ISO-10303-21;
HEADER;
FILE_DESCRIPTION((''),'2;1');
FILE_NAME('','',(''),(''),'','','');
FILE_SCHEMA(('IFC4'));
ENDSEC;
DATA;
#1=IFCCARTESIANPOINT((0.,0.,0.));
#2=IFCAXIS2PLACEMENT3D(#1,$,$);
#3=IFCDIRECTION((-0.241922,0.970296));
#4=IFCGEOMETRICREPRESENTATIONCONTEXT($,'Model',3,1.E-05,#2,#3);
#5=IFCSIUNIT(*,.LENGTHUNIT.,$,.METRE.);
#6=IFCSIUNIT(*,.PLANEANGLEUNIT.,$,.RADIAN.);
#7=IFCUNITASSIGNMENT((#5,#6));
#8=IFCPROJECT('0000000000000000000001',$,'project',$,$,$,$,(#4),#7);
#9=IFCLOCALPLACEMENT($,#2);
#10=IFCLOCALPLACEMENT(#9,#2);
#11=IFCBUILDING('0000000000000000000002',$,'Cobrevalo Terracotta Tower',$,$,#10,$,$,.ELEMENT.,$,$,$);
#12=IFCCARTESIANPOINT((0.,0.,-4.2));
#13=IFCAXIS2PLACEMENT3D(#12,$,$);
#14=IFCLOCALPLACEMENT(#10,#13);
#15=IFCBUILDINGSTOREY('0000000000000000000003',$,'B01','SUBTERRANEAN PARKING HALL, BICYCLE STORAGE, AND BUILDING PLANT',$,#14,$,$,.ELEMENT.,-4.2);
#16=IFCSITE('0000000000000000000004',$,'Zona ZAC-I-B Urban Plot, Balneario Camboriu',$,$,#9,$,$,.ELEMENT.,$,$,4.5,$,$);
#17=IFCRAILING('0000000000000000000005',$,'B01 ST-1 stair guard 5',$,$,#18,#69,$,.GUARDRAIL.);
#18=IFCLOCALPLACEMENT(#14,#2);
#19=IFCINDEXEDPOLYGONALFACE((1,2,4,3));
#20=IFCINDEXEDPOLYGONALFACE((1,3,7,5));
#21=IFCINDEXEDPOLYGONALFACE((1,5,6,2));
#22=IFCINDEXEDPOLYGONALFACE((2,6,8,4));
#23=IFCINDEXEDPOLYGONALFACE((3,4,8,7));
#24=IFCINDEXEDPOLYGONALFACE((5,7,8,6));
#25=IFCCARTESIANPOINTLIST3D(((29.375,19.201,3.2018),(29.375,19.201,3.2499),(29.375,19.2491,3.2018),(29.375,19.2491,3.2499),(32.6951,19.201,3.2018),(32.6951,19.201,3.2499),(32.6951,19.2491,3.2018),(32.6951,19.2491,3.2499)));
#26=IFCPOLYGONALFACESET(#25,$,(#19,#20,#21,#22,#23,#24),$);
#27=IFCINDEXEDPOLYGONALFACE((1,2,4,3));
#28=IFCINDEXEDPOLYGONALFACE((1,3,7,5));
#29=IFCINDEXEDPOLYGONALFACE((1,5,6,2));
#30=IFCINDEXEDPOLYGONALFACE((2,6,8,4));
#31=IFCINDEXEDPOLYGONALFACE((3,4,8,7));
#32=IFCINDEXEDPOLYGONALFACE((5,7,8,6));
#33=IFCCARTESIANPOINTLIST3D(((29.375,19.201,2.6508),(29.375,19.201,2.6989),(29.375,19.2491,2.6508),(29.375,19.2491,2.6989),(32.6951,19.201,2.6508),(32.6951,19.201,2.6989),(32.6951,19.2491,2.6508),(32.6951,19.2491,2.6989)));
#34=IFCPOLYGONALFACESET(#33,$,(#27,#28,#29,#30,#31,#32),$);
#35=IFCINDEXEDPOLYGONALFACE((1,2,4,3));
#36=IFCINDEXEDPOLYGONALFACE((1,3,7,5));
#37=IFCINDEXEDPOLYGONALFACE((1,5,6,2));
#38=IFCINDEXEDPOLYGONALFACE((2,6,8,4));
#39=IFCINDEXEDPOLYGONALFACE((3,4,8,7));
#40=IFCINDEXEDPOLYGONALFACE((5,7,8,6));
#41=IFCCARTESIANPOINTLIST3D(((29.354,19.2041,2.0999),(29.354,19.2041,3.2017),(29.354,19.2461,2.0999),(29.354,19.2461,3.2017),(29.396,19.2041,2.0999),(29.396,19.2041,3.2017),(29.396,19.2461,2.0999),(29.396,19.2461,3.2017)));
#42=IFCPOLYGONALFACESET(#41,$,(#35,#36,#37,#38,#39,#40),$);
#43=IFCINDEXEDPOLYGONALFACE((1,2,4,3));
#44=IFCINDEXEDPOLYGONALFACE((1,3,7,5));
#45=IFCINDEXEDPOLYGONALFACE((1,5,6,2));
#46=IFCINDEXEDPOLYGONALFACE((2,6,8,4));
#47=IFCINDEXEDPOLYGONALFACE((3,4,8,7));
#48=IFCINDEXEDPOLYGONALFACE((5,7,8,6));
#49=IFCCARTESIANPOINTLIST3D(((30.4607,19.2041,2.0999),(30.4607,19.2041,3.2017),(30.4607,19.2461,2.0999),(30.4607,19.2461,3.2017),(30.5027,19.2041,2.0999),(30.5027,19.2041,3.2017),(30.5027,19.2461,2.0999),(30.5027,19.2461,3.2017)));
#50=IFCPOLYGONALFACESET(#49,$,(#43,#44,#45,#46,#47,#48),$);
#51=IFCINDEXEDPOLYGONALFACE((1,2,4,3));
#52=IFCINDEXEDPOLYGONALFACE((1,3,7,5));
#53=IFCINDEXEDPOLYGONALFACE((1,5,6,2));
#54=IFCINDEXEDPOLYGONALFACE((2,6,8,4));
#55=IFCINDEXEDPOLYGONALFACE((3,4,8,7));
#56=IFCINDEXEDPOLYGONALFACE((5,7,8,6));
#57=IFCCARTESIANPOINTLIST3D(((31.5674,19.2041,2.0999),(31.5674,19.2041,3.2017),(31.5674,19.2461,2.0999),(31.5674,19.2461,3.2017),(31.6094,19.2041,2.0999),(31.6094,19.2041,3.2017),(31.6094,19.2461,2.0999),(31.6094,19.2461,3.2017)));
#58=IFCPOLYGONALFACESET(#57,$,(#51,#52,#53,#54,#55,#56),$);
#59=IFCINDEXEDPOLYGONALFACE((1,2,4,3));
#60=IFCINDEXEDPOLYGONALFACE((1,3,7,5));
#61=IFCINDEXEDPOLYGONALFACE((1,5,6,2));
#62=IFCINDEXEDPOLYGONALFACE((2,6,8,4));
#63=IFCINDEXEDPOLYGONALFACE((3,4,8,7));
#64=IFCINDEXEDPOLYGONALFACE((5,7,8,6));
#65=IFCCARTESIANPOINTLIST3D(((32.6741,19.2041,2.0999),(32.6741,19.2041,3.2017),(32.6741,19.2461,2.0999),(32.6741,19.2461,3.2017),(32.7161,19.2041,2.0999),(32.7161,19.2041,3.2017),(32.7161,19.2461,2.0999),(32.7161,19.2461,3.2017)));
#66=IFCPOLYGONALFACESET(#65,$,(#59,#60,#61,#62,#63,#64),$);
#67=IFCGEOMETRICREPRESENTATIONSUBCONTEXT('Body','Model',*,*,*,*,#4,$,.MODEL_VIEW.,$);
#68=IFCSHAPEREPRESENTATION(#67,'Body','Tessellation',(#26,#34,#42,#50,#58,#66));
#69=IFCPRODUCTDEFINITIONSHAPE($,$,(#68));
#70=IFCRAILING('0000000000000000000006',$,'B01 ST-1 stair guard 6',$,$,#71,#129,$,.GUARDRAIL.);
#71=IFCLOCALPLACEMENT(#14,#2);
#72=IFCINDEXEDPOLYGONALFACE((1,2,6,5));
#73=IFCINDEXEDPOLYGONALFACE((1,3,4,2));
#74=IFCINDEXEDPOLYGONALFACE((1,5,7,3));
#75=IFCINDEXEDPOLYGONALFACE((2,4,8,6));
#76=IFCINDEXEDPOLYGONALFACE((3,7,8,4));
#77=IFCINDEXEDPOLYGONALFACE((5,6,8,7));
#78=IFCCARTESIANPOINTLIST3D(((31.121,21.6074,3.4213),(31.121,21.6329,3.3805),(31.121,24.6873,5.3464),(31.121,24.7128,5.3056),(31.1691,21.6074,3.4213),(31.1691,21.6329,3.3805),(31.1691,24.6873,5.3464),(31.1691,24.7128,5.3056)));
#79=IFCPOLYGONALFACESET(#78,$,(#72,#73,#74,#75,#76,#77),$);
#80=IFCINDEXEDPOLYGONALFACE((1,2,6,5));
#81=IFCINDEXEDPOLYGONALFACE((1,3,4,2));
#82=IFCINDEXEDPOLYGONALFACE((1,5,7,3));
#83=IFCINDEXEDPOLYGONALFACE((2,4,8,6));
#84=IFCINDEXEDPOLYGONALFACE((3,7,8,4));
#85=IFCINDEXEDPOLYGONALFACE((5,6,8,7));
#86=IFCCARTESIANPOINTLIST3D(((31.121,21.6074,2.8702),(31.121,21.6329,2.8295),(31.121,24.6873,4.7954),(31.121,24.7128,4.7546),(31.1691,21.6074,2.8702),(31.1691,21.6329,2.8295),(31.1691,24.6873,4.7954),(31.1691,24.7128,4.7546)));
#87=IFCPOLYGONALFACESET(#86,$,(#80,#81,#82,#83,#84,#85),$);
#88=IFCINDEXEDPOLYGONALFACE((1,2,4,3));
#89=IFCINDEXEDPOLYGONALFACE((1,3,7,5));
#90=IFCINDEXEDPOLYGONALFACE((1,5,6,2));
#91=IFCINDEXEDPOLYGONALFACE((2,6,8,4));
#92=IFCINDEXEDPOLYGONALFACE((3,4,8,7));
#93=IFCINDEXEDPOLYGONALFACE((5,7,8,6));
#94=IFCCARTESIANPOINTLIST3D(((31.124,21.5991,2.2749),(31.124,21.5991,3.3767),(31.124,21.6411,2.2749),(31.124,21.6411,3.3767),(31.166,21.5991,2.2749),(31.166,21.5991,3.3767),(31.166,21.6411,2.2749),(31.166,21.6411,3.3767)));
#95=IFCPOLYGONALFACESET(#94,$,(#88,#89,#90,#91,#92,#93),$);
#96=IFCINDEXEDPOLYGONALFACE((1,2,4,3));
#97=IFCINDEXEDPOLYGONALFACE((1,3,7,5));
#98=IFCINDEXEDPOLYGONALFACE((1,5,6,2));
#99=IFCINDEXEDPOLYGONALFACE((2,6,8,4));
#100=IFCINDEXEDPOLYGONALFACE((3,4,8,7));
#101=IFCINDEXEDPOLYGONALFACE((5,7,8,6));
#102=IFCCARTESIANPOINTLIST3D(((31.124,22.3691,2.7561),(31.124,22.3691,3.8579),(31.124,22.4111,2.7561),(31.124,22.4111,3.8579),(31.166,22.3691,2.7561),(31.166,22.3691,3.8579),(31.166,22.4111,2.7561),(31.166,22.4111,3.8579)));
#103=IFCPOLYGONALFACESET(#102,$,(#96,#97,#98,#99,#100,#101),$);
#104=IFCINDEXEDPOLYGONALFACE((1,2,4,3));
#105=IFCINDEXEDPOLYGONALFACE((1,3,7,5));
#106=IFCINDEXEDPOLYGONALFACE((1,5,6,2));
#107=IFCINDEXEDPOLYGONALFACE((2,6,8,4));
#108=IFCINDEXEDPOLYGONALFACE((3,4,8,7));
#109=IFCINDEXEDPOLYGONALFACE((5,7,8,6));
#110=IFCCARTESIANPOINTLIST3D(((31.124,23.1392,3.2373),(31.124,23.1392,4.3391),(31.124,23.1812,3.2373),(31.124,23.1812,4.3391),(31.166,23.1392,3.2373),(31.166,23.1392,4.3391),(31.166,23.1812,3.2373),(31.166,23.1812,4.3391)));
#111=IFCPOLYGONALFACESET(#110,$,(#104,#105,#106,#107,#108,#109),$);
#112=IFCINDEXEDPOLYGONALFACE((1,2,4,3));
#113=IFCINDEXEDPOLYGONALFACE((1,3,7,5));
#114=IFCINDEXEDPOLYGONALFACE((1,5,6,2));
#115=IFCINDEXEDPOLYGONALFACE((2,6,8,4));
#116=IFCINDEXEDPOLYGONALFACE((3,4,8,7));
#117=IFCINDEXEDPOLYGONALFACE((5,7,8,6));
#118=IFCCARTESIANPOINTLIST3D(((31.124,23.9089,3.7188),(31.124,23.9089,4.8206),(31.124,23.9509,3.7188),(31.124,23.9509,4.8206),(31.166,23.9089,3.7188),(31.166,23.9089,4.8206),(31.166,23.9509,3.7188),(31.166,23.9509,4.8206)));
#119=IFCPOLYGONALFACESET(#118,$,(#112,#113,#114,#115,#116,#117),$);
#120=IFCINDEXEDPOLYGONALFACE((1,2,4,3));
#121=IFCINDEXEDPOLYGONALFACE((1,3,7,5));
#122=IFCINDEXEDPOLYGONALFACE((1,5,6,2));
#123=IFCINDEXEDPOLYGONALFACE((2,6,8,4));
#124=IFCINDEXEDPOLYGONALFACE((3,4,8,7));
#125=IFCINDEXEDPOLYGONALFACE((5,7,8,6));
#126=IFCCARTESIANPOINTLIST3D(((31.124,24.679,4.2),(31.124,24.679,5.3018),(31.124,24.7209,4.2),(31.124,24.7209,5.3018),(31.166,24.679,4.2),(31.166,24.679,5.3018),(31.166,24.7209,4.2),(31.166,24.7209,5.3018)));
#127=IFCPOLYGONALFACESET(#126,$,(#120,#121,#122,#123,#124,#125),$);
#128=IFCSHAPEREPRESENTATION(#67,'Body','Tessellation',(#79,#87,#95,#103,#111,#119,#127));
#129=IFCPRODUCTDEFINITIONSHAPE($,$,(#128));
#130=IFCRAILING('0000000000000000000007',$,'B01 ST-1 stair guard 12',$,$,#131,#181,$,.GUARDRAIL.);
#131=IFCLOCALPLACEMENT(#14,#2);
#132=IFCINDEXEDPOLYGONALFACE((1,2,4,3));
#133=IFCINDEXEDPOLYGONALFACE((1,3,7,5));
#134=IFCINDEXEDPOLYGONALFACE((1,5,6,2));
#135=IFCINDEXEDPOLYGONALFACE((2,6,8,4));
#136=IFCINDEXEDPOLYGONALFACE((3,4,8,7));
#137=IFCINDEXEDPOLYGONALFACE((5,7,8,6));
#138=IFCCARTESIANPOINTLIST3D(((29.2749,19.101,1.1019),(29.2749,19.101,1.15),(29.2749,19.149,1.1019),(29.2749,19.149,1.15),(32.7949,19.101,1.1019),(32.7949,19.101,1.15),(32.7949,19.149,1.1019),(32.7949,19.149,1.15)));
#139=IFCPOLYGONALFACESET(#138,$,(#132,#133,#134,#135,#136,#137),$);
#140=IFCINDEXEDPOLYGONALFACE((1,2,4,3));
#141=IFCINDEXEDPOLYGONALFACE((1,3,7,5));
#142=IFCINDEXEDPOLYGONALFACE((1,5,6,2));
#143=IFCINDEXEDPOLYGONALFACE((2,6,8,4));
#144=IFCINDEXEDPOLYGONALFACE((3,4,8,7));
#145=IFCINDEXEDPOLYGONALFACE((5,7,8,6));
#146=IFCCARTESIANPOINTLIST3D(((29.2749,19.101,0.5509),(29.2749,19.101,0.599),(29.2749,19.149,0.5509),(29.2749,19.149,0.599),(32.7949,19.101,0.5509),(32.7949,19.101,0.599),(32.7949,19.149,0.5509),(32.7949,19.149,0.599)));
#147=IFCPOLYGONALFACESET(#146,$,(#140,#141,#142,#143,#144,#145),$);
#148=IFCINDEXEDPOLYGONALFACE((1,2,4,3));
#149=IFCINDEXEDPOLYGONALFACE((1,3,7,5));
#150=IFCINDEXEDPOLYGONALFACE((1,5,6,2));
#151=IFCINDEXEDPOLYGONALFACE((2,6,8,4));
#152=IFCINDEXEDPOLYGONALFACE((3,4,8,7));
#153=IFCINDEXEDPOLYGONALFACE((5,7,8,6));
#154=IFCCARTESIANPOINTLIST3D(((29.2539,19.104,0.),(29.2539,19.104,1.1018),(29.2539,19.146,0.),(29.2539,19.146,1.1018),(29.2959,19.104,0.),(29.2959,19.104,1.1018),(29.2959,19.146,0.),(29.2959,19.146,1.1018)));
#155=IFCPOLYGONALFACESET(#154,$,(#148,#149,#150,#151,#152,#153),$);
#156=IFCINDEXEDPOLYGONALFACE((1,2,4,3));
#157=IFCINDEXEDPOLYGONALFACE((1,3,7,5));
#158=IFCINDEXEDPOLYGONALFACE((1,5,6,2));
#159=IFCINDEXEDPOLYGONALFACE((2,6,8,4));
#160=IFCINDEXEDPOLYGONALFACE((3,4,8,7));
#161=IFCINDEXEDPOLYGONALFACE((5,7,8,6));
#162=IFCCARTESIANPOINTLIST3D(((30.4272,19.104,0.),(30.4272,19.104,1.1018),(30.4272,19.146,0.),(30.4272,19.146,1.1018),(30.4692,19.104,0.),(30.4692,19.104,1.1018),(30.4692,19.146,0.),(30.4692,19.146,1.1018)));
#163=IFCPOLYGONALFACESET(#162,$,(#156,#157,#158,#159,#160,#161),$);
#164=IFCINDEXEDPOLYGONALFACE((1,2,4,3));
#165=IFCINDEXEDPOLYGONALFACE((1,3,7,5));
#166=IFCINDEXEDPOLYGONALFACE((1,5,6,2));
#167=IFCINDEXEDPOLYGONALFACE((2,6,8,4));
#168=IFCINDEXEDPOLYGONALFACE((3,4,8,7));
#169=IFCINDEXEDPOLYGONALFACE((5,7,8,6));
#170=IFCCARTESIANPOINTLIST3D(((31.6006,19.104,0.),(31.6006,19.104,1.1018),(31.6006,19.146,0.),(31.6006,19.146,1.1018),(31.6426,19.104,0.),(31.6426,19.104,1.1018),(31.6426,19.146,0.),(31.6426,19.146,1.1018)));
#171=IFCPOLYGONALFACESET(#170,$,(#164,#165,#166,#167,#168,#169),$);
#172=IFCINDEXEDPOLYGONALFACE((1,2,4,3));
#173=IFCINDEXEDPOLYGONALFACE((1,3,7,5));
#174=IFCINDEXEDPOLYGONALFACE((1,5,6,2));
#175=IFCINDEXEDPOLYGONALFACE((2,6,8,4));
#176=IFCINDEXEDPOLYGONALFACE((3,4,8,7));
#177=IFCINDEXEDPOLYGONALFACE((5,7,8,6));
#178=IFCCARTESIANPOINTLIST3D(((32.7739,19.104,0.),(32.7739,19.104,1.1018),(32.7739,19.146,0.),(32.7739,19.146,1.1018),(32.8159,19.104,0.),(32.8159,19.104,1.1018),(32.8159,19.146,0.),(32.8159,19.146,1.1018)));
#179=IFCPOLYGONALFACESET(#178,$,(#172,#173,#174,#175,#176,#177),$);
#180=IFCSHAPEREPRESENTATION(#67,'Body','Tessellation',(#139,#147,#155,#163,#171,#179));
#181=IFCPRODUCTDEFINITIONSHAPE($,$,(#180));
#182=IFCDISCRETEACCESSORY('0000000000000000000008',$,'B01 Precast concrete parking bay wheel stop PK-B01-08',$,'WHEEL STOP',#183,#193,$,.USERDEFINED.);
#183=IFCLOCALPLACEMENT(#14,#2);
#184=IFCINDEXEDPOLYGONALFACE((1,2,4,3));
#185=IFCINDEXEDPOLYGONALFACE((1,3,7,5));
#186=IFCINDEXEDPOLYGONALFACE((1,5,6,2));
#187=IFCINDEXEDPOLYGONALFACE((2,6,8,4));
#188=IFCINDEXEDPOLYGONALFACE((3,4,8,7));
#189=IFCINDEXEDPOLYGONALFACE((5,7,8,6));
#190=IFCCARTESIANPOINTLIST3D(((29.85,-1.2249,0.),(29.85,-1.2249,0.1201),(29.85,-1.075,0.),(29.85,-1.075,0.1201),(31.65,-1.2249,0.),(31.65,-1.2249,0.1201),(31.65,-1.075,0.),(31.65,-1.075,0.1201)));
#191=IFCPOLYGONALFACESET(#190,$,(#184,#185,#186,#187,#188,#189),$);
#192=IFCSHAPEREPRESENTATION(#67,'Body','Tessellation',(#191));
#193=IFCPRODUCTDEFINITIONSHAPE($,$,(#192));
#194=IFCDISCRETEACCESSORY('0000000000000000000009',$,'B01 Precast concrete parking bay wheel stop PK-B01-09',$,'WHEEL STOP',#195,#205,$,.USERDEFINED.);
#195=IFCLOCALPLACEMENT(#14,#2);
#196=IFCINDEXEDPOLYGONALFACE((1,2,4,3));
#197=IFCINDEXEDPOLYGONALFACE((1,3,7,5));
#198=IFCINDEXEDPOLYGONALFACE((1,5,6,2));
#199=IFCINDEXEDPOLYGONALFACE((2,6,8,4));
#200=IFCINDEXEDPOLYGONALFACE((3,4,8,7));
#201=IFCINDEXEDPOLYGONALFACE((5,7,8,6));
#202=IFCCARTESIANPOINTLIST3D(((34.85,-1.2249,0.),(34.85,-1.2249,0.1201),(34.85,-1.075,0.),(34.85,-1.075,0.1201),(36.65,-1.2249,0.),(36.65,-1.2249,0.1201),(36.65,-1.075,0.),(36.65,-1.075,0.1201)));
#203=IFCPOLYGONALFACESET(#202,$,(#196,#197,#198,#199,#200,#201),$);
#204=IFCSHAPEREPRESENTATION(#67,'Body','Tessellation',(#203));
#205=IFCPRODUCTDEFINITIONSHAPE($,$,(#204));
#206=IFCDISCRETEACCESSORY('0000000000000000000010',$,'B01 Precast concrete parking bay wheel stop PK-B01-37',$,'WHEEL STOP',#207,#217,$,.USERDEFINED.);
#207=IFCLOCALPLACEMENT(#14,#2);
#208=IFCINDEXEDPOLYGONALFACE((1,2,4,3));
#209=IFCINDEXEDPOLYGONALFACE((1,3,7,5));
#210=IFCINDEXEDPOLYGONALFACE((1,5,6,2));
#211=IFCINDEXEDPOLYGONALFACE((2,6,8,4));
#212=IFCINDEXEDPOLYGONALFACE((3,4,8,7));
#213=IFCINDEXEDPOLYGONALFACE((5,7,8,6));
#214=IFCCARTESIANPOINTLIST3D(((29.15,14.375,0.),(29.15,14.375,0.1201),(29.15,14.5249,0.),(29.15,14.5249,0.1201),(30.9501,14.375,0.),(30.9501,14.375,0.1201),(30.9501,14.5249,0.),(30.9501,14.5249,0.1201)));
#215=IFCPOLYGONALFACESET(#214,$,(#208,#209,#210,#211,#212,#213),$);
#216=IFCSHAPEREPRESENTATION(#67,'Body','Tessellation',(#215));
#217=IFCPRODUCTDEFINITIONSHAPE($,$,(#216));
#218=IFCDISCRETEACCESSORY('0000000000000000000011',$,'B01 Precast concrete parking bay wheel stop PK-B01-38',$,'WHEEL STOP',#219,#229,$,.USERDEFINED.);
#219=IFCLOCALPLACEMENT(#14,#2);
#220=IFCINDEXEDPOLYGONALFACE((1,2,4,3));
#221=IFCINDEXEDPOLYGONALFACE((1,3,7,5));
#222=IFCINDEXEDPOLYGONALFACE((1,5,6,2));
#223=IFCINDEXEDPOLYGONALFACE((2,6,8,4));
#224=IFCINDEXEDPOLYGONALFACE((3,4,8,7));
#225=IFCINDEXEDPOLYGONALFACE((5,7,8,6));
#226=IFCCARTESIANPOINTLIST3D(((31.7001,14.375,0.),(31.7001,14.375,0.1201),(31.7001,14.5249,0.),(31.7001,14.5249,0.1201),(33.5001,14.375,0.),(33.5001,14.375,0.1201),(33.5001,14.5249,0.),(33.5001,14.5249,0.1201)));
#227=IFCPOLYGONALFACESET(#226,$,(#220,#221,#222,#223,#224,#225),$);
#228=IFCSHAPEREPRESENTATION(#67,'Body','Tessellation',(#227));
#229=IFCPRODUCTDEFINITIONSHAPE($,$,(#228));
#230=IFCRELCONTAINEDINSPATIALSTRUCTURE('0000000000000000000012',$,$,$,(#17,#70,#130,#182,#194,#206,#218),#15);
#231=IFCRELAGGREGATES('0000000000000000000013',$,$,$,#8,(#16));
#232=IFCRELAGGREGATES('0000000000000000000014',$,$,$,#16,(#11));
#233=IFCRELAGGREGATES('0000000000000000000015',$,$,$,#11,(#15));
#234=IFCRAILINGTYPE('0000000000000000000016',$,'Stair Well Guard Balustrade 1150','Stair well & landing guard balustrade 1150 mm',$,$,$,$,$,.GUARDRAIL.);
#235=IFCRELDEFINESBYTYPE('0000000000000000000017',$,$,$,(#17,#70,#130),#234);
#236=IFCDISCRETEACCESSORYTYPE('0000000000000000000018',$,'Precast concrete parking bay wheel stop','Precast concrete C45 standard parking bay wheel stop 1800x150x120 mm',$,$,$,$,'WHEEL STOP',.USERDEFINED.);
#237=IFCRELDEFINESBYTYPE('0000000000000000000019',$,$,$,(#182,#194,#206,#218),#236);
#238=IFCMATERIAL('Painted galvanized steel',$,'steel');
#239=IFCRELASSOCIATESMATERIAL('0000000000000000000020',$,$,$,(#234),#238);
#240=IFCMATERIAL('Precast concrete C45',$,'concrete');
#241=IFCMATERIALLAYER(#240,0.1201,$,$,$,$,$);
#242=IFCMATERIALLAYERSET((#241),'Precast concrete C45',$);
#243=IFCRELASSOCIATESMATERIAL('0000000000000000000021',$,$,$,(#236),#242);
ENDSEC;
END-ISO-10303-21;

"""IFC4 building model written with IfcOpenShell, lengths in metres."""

from ifc_helpers import new_model, si_unit, direction, frame, origin, origin_2d, place, context, subcontext, project, spatial, rectangle, extrude, source, transform, mapped, material, layer, layer_set, type_object, element, save


model = new_model("IFC4")

# Units and contexts
model_context = context("Model", 3, precision=1e-05, world=origin(), true_north=direction((-0.241922, 0.970296)))
body_context = subcontext(model_context, "Body", "Model", "MODEL_VIEW")
ifc_project = project(units=[si_unit("LENGTHUNIT", "METRE"), si_unit("PLANEANGLEUNIT", "RADIAN")], contexts=[model_context])

# Site, building, storey
site_placement = place(None, origin())
site = spatial("IfcSite", under=ifc_project, at=site_placement, Name="Zona ZAC-I-B Urban Plot, Balneario Camboriu", CompositionType="ELEMENT", RefElevation=4.5)
building_placement = place(site_placement, origin())
building = spatial("IfcBuilding", under=site, at=building_placement, Name="Cobrevalo Terracotta Tower", CompositionType="ELEMENT")
storey_placement = place(building_placement, frame((0.0, 0.0, -4.2)))
storey = spatial("IfcBuildingStorey", under=building, at=storey_placement, Name="B01", Description="SUBTERRANEAN PARKING HALL, BICYCLE STORAGE, AND BUILDING PLANT", CompositionType="ELEMENT", Elevation=-4.2)

# Railings
ifc_material_1 = material(Name="Painted galvanized steel", Category="steel")
railing_type_1 = type_object("IfcRailingType", Name="Stair Well Guard Balustrade 1150", Description="Stair well & landing guard balustrade 1150 mm", PredefinedType="GUARDRAIL", material=ifc_material_1)
railing_1_placement = place(storey_placement, frame((29.375, 19.2251, 2.0999)))
element("IfcRailing", 1, at=railing_1_placement, inside=storey, type_object=railing_type_1, Name="B01 ST-1 stair guard 5", PredefinedType="GUARDRAIL", context=body_context, shape_type="SweptSolid", body=[
    extrude(rectangle(XDim=0.0481, YDim=0.0481, at=origin_2d()), frame((0.0, 0.0, 1.126), z_axis=(1.0, 0.0, 0.0), x_axis=(0.0, 1.0, 0.0)), (0.0, 0.0, 1.0), 3.3201),
    extrude(rectangle(XDim=0.0481, YDim=0.0481, at=origin_2d()), frame((0.0, 0.0, 0.575), z_axis=(1.0, 0.0, 0.0), x_axis=(0.0, 1.0, 0.0)), (0.0, 0.0, 1.0), 3.3201),
    extrude(rectangle(XDim=0.042, YDim=0.042, at=origin_2d()), origin(), (0.0, 0.0, 1.0), 1.1018),
    extrude(rectangle(XDim=0.042, YDim=0.042, at=origin_2d()), frame((1.1067, 0.0, 0.0)), (0.0, 0.0, 1.0), 1.1018),
    extrude(rectangle(XDim=0.042, YDim=0.042, at=origin_2d()), frame((2.2134, 0.0, 0.0)), (0.0, 0.0, 1.0), 1.1018),
    extrude(rectangle(XDim=0.042, YDim=0.042, at=origin_2d()), frame((3.3201, 0.0, 0.0)), (0.0, 0.0, 1.0), 1.1018),
])
railing_2_placement = place(storey_placement, frame((31.145, 21.6201, 2.2749)))
element("IfcRailing", 2, at=railing_2_placement, inside=storey, type_object=railing_type_1, Name="B01 ST-1 stair guard 6", PredefinedType="GUARDRAIL", context=body_context, shape_type="SweptSolid", body=[
    extrude(rectangle(XDim=0.0481, YDim=0.0481, at=origin_2d()), frame((0.0, 0.0, 1.126), z_axis=(0.0, 0.847979, 0.530029), x_axis=(-1.0, 0.0, 0.0)), (0.0, 0.0, 1.0), 3.6321),
    extrude(rectangle(XDim=0.0481, YDim=0.0481, at=origin_2d()), frame((0.0, 0.0, 0.575), z_axis=(0.0, 0.847979, 0.530029), x_axis=(-1.0, 0.0, 0.0)), (0.0, 0.0, 1.0), 3.6321),
    extrude(rectangle(XDim=0.042, YDim=0.042, at=origin_2d()), origin(), (0.0, 0.0, 1.0), 1.1018),
    extrude(rectangle(XDim=0.042, YDim=0.042, at=origin_2d()), frame((0.0, 0.77, 0.4812)), (0.0, 0.0, 1.0), 1.1018),
    extrude(rectangle(XDim=0.042, YDim=0.042, at=origin_2d()), frame((0.0, 1.54, 0.9624)), (0.0, 0.0, 1.0), 1.1018),
    extrude(rectangle(XDim=0.042, YDim=0.042, at=origin_2d()), frame((0.0, 2.3098, 1.4438)), (0.0, 0.0, 1.0), 1.1018),
    extrude(rectangle(XDim=0.042, YDim=0.042, at=origin_2d()), frame((0.0, 3.0798, 1.925)), (0.0, 0.0, 1.0), 1.1018),
])
railing_3_placement = place(storey_placement, frame((29.2749, 19.125, 0.0)))
element("IfcRailing", 3, at=railing_3_placement, inside=storey, type_object=railing_type_1, Name="B01 ST-1 stair guard 12", PredefinedType="GUARDRAIL", context=body_context, shape_type="SweptSolid", body=[
    extrude(rectangle(XDim=0.0481, YDim=0.0481, at=origin_2d()), frame((0.0, 0.0, 1.126), z_axis=(1.0, 0.0, 0.0), x_axis=(0.0, 1.0, 0.0)), (0.0, 0.0, 1.0), 3.52),
    extrude(rectangle(XDim=0.0481, YDim=0.0481, at=origin_2d()), frame((0.0, 0.0, 0.575), z_axis=(1.0, 0.0, 0.0), x_axis=(0.0, 1.0, 0.0)), (0.0, 0.0, 1.0), 3.52),
    extrude(rectangle(XDim=0.042, YDim=0.042, at=origin_2d()), origin(), (0.0, 0.0, 1.0), 1.1018),
    extrude(rectangle(XDim=0.042, YDim=0.042, at=origin_2d()), frame((1.1733, 0.0, 0.0)), (0.0, 0.0, 1.0), 1.1018),
    extrude(rectangle(XDim=0.042, YDim=0.042, at=origin_2d()), frame((2.3467, 0.0, 0.0)), (0.0, 0.0, 1.0), 1.1018),
    extrude(rectangle(XDim=0.042, YDim=0.042, at=origin_2d()), frame((3.52, 0.0, 0.0)), (0.0, 0.0, 1.0), 1.1018),
])

# Discrete accessories
ifc_material_2 = material(Name="Precast concrete C45", Category="concrete")
ifc_layer_1 = layer(ifc_material_2, 0.1201)
ifc_layer_set_1 = layer_set([ifc_layer_1], Name="Precast concrete C45")
discrete_accessory_type = type_object("IfcDiscreteAccessoryType", Name="Precast concrete parking bay wheel stop", Description="Precast concrete C45 standard parking bay wheel stop 1800x150x120 mm", ElementType="WHEEL STOP", PredefinedType="USERDEFINED", material=ifc_layer_set_1)
shared_shape_1 = source(origin(), body_context, "Body", "SweptSolid", [
    extrude(rectangle(XDim=1.8, YDim=0.1499, at=origin_2d()), origin(), (0.0, 0.0, 1.0), 0.1201),
])
for number, where, z_axis, x_axis, name in (
    (4, (30.75, -1.1499, 0.0), (0.0, 0.0, 1.0), (1.0, 0.0, 0.0), "B01 Precast concrete parking bay wheel stop PK-B01-08"),
    (5, (35.75, -1.1499, 0.0), (0.0, 0.0, 1.0), (1.0, 0.0, 0.0), "B01 Precast concrete parking bay wheel stop PK-B01-09"),
    (6, (30.05, 14.45, 0.0), (0.0, 0.0, 1.0), (1.0, 0.0, 0.0), "B01 Precast concrete parking bay wheel stop PK-B01-37"),
    (7, (32.6001, 14.45, 0.0), (0.0, 0.0, 1.0), (1.0, 0.0, 0.0), "B01 Precast concrete parking bay wheel stop PK-B01-38"),
):
    element("IfcDiscreteAccessory", number, at=place(storey_placement, frame(where, z_axis=z_axis, x_axis=x_axis)), inside=storey, type_object=discrete_accessory_type, Name=name, ObjectType="WHEEL STOP", PredefinedType="USERDEFINED", context=body_context, shape_type="MappedRepresentation", body=[
        mapped(shared_shape_1, transform((0.0, 0.0, 0.0), scale=1.0)),
    ])

save(model, "model.ifc")
